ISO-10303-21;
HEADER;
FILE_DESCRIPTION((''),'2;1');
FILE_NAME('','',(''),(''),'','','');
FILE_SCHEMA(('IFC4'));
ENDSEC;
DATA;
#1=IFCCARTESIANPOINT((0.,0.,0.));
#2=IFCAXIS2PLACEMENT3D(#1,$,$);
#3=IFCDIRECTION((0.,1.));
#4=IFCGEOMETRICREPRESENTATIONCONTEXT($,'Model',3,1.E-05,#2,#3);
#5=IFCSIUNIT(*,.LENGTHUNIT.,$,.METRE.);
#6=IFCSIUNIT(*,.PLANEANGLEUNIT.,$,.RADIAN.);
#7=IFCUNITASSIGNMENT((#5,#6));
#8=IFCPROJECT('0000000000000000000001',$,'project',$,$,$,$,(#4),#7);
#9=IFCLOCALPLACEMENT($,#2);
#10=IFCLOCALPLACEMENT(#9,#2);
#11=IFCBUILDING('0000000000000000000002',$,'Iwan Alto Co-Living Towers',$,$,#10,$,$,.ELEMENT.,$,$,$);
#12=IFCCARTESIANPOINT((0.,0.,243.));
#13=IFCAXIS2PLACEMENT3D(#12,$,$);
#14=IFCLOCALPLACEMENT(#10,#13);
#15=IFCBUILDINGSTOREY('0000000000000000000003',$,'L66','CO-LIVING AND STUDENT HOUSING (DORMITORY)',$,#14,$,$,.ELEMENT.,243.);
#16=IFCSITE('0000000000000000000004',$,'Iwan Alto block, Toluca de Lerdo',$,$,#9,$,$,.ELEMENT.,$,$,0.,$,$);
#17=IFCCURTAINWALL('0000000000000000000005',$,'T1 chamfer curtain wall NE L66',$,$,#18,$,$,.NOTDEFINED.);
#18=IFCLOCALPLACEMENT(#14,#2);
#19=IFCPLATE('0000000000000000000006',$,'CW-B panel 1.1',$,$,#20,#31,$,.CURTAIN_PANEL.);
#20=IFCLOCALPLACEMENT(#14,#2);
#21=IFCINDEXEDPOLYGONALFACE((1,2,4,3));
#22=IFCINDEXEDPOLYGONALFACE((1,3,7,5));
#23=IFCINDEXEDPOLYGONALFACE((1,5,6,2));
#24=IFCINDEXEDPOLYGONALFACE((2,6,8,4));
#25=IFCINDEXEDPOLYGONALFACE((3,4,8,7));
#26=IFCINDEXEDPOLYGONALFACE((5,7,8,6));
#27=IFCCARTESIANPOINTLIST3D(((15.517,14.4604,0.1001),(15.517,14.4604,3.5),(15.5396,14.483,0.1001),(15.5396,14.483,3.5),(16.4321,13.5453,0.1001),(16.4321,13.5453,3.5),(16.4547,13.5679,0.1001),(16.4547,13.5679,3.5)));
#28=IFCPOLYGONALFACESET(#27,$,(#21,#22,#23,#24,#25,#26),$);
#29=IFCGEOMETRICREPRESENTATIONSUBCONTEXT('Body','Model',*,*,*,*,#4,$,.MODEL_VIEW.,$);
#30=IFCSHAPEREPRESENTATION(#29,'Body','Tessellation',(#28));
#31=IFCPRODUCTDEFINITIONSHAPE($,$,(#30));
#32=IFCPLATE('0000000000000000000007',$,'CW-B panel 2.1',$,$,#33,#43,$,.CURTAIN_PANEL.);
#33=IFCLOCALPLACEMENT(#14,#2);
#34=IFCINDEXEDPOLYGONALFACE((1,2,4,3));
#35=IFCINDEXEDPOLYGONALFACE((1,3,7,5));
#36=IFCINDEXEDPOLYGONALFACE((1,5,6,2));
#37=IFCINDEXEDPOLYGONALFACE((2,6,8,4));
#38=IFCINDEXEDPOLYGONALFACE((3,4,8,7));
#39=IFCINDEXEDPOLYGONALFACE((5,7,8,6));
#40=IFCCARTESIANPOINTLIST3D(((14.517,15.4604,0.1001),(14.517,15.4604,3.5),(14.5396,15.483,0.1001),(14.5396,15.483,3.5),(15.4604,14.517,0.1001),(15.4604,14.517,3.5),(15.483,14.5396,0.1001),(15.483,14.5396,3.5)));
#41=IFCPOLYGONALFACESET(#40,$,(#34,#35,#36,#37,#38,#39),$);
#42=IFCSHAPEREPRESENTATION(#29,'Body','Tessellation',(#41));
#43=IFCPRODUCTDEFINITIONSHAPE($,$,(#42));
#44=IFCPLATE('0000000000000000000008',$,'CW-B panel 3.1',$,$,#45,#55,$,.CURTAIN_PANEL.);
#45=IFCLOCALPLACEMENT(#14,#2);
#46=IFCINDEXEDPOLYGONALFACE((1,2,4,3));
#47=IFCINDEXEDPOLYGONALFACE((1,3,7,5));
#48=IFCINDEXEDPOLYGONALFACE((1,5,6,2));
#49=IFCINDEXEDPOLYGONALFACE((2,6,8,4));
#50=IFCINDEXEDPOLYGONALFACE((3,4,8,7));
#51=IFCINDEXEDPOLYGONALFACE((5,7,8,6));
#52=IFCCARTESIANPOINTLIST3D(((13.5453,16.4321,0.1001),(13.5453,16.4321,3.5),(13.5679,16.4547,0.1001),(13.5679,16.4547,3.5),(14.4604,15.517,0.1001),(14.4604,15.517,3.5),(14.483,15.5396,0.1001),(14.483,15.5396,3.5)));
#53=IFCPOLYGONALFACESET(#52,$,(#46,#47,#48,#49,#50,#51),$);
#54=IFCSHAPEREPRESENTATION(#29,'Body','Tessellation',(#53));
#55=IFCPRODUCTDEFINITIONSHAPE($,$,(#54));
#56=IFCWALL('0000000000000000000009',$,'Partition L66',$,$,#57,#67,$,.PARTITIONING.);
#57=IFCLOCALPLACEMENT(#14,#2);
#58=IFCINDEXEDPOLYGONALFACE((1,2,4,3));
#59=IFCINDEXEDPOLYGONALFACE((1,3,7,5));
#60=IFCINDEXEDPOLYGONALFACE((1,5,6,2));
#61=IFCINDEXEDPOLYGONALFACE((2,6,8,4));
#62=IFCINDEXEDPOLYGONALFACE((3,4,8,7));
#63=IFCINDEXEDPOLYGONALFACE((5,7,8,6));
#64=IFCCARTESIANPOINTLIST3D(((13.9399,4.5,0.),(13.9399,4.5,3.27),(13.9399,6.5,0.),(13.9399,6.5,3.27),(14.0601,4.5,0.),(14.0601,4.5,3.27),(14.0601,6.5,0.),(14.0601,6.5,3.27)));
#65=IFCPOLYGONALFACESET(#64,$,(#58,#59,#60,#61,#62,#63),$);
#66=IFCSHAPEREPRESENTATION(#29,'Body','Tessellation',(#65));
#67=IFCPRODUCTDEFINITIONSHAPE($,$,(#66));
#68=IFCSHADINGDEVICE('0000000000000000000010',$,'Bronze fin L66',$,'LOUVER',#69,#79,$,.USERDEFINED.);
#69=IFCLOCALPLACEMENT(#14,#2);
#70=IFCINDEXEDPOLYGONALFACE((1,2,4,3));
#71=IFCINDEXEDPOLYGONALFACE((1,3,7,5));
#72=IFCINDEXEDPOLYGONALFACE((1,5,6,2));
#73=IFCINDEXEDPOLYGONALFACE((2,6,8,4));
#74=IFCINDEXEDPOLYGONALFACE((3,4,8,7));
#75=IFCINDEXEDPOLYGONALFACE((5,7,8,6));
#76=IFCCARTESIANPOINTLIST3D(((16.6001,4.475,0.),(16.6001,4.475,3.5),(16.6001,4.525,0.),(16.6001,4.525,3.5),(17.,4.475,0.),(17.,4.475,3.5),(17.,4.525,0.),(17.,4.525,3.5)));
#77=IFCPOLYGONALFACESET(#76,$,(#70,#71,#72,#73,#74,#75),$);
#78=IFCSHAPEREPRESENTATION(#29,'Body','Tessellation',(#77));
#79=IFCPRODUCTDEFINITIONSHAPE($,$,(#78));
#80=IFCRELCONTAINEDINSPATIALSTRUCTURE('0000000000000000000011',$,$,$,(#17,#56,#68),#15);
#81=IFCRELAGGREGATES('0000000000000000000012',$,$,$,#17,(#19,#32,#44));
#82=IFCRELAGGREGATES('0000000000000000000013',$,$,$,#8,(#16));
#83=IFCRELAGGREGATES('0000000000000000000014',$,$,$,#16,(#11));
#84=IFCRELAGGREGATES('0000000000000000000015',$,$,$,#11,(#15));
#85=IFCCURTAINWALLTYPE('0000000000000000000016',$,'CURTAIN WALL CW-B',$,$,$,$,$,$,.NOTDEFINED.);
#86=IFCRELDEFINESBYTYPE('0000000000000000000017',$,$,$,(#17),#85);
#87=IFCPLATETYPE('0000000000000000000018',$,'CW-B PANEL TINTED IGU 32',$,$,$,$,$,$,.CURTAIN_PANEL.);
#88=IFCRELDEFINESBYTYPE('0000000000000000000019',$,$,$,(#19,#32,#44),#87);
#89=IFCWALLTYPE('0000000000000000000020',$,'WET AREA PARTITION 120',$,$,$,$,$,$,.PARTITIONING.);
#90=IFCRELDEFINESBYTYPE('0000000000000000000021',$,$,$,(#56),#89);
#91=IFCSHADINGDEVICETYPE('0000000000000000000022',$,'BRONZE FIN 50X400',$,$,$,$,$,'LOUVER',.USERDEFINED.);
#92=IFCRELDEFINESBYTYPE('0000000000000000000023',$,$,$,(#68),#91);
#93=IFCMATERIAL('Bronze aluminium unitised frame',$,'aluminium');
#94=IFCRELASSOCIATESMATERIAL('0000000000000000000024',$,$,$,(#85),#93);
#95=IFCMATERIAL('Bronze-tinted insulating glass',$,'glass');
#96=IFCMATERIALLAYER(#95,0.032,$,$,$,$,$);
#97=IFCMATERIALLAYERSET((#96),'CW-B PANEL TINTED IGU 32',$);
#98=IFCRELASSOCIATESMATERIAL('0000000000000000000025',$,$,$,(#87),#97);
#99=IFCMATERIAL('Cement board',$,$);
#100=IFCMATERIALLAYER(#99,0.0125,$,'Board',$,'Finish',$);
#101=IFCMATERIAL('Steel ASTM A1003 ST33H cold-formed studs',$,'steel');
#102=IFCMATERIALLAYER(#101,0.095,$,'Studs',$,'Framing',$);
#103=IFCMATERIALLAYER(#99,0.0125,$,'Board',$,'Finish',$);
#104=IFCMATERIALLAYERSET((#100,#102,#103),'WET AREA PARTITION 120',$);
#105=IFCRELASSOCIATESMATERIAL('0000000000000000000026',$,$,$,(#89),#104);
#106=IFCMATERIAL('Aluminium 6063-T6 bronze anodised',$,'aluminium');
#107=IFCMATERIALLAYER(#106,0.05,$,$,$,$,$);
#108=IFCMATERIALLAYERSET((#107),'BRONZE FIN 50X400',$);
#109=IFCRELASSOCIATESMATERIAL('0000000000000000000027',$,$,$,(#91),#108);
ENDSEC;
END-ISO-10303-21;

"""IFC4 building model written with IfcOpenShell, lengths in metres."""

from ifc_helpers import new_model, si_unit, direction, frame, frame_2d, origin, origin_2d, place, context, subcontext, project, spatial, rectangle, extrude, material, layer, layer_set, type_object, element, aggregate, save


model = new_model("IFC4")

# Units and contexts
model_context = context("Model", 3, precision=1e-05, world=origin(), true_north=direction((0.0, 1.0)))
body_context = subcontext(model_context, "Body", "Model", "MODEL_VIEW")
ifc_project = project(units=[si_unit("LENGTHUNIT", "METRE"), si_unit("PLANEANGLEUNIT", "RADIAN")], contexts=[model_context])

# Site, building, storey
site_placement = place(None, origin())
site = spatial("IfcSite", under=ifc_project, at=site_placement, Name="Iwan Alto block, Toluca de Lerdo", CompositionType="ELEMENT", RefElevation=0.0)
building_placement = place(site_placement, origin())
building = spatial("IfcBuilding", under=site, at=building_placement, Name="Iwan Alto Co-Living Towers", CompositionType="ELEMENT")
storey_placement = place(building_placement, frame((0.0, 0.0, 243.0)))
storey = spatial("IfcBuildingStorey", under=building, at=storey_placement, Name="L66", Description="CO-LIVING AND STUDENT HOUSING (DORMITORY)", CompositionType="ELEMENT", Elevation=243.0)

# Curtain wall
ifc_material_1 = material(Name="Bronze aluminium unitised frame", Category="aluminium")
curtain_wall_type_1 = type_object("IfcCurtainWallType", Name="CURTAIN WALL CW-B", PredefinedType="NOTDEFINED", material=ifc_material_1)
curtain_wall_1_placement = place(storey_placement, origin())
curtain_wall_1 = element("IfcCurtainWall", 1, at=curtain_wall_1_placement, inside=storey, type_object=curtain_wall_type_1, Name="T1 chamfer curtain wall NE L66", PredefinedType="NOTDEFINED")

# Plates
ifc_material_2 = material(Name="Bronze-tinted insulating glass", Category="glass")
ifc_layer_1 = layer(ifc_material_2, 0.032)
ifc_layer_set_1 = layer_set([ifc_layer_1], Name="CW-B PANEL TINTED IGU 32")
plate_type_1 = type_object("IfcPlateType", Name="CW-B PANEL TINTED IGU 32", PredefinedType="CURTAIN_PANEL", material=ifc_layer_set_1)
plate_1_placement = place(storey_placement, frame((15.9858, 14.0142, 0.1001), z_axis=(0.0, 0.0, 1.0), x_axis=(-0.707107, 0.707107, 0.0)))
plate_1 = element("IfcPlate", 2, at=plate_1_placement, type_object=plate_type_1, Name="CW-B panel 1.1", PredefinedType="CURTAIN_PANEL", context=body_context, shape_type="SweptSolid", body=[
    extrude(rectangle(XDim=1.2942, YDim=0.032, at=origin_2d()), origin(), (0.0, 0.0, 1.0), 3.3999),
])
plate_2_placement = place(storey_placement, frame((15.0, 15.0, 0.1001), z_axis=(0.0, 0.0, 1.0), x_axis=(-0.707107, 0.707107, 0.0)))
plate_2 = element("IfcPlate", 3, at=plate_2_placement, type_object=plate_type_1, Name="CW-B panel 2.1", PredefinedType="CURTAIN_PANEL", context=body_context, shape_type="SweptSolid", body=[
    extrude(rectangle(XDim=1.3342, YDim=0.032, at=origin_2d()), origin(), (0.0, 0.0, 1.0), 3.3999),
])
plate_3_placement = place(storey_placement, frame((14.0142, 15.9858, 0.1001), z_axis=(0.0, 0.0, 1.0), x_axis=(-0.707107, 0.707107, 0.0)))
plate_3 = element("IfcPlate", 4, at=plate_3_placement, type_object=plate_type_1, Name="CW-B panel 3.1", PredefinedType="CURTAIN_PANEL", context=body_context, shape_type="SweptSolid", body=[
    extrude(rectangle(XDim=1.2942, YDim=0.032, at=origin_2d()), origin(), (0.0, 0.0, 1.0), 3.3999),
])
aggregate(curtain_wall_1, [plate_1, plate_2, plate_3])

# Wall
ifc_material_3 = material(Name="Cement board")
ifc_layer_2 = layer(ifc_material_3, 0.0125, Name="Board", Category="Finish")
ifc_material_4 = material(Name="Steel ASTM A1003 ST33H cold-formed studs", Category="steel")
ifc_layer_3 = layer(ifc_material_4, 0.095, Name="Studs", Category="Framing")
ifc_layer_4 = layer(ifc_material_3, 0.0125, Name="Board", Category="Finish")
ifc_layer_set_2 = layer_set([ifc_layer_2, ifc_layer_3, ifc_layer_4], Name="WET AREA PARTITION 120")
wall_type = type_object("IfcWallType", Name="WET AREA PARTITION 120", PredefinedType="PARTITIONING", material=ifc_layer_set_2)
wall_placement = place(storey_placement, frame((14.0, 4.5, 0.0), z_axis=(0.0, 0.0, 1.0), x_axis=(0.0, 1.0, 0.0)))
element("IfcWall", 5, at=wall_placement, inside=storey, type_object=wall_type, Name="Partition L66", PredefinedType="PARTITIONING", context=body_context, shape_type="SweptSolid", body=[
    extrude(rectangle(XDim=2.0, YDim=0.1201, at=frame_2d((1.0, 0.0))), origin(), (0.0, 0.0, 1.0), 3.27),
])

# Shading device
ifc_material_5 = material(Name="Aluminium 6063-T6 bronze anodised", Category="aluminium")
ifc_layer_5 = layer(ifc_material_5, 0.05)
ifc_layer_set_3 = layer_set([ifc_layer_5], Name="BRONZE FIN 50X400")
shading_device_type = type_object("IfcShadingDeviceType", Name="BRONZE FIN 50X400", ElementType="LOUVER", PredefinedType="USERDEFINED", material=ifc_layer_set_3)
shading_device_placement = place(storey_placement, frame((16.8, 4.5, 0.0), z_axis=(0.0, 0.0, 1.0), x_axis=(0.0, 1.0, 0.0)))
element("IfcShadingDevice", 6, at=shading_device_placement, inside=storey, type_object=shading_device_type, Name="Bronze fin L66", ObjectType="LOUVER", PredefinedType="USERDEFINED", context=body_context, shape_type="SweptSolid", body=[
    extrude(rectangle(XDim=0.05, YDim=0.3999, at=origin_2d()), origin(), (0.0, 0.0, 1.0), 3.5),
])

save(model, "model.ifc")
